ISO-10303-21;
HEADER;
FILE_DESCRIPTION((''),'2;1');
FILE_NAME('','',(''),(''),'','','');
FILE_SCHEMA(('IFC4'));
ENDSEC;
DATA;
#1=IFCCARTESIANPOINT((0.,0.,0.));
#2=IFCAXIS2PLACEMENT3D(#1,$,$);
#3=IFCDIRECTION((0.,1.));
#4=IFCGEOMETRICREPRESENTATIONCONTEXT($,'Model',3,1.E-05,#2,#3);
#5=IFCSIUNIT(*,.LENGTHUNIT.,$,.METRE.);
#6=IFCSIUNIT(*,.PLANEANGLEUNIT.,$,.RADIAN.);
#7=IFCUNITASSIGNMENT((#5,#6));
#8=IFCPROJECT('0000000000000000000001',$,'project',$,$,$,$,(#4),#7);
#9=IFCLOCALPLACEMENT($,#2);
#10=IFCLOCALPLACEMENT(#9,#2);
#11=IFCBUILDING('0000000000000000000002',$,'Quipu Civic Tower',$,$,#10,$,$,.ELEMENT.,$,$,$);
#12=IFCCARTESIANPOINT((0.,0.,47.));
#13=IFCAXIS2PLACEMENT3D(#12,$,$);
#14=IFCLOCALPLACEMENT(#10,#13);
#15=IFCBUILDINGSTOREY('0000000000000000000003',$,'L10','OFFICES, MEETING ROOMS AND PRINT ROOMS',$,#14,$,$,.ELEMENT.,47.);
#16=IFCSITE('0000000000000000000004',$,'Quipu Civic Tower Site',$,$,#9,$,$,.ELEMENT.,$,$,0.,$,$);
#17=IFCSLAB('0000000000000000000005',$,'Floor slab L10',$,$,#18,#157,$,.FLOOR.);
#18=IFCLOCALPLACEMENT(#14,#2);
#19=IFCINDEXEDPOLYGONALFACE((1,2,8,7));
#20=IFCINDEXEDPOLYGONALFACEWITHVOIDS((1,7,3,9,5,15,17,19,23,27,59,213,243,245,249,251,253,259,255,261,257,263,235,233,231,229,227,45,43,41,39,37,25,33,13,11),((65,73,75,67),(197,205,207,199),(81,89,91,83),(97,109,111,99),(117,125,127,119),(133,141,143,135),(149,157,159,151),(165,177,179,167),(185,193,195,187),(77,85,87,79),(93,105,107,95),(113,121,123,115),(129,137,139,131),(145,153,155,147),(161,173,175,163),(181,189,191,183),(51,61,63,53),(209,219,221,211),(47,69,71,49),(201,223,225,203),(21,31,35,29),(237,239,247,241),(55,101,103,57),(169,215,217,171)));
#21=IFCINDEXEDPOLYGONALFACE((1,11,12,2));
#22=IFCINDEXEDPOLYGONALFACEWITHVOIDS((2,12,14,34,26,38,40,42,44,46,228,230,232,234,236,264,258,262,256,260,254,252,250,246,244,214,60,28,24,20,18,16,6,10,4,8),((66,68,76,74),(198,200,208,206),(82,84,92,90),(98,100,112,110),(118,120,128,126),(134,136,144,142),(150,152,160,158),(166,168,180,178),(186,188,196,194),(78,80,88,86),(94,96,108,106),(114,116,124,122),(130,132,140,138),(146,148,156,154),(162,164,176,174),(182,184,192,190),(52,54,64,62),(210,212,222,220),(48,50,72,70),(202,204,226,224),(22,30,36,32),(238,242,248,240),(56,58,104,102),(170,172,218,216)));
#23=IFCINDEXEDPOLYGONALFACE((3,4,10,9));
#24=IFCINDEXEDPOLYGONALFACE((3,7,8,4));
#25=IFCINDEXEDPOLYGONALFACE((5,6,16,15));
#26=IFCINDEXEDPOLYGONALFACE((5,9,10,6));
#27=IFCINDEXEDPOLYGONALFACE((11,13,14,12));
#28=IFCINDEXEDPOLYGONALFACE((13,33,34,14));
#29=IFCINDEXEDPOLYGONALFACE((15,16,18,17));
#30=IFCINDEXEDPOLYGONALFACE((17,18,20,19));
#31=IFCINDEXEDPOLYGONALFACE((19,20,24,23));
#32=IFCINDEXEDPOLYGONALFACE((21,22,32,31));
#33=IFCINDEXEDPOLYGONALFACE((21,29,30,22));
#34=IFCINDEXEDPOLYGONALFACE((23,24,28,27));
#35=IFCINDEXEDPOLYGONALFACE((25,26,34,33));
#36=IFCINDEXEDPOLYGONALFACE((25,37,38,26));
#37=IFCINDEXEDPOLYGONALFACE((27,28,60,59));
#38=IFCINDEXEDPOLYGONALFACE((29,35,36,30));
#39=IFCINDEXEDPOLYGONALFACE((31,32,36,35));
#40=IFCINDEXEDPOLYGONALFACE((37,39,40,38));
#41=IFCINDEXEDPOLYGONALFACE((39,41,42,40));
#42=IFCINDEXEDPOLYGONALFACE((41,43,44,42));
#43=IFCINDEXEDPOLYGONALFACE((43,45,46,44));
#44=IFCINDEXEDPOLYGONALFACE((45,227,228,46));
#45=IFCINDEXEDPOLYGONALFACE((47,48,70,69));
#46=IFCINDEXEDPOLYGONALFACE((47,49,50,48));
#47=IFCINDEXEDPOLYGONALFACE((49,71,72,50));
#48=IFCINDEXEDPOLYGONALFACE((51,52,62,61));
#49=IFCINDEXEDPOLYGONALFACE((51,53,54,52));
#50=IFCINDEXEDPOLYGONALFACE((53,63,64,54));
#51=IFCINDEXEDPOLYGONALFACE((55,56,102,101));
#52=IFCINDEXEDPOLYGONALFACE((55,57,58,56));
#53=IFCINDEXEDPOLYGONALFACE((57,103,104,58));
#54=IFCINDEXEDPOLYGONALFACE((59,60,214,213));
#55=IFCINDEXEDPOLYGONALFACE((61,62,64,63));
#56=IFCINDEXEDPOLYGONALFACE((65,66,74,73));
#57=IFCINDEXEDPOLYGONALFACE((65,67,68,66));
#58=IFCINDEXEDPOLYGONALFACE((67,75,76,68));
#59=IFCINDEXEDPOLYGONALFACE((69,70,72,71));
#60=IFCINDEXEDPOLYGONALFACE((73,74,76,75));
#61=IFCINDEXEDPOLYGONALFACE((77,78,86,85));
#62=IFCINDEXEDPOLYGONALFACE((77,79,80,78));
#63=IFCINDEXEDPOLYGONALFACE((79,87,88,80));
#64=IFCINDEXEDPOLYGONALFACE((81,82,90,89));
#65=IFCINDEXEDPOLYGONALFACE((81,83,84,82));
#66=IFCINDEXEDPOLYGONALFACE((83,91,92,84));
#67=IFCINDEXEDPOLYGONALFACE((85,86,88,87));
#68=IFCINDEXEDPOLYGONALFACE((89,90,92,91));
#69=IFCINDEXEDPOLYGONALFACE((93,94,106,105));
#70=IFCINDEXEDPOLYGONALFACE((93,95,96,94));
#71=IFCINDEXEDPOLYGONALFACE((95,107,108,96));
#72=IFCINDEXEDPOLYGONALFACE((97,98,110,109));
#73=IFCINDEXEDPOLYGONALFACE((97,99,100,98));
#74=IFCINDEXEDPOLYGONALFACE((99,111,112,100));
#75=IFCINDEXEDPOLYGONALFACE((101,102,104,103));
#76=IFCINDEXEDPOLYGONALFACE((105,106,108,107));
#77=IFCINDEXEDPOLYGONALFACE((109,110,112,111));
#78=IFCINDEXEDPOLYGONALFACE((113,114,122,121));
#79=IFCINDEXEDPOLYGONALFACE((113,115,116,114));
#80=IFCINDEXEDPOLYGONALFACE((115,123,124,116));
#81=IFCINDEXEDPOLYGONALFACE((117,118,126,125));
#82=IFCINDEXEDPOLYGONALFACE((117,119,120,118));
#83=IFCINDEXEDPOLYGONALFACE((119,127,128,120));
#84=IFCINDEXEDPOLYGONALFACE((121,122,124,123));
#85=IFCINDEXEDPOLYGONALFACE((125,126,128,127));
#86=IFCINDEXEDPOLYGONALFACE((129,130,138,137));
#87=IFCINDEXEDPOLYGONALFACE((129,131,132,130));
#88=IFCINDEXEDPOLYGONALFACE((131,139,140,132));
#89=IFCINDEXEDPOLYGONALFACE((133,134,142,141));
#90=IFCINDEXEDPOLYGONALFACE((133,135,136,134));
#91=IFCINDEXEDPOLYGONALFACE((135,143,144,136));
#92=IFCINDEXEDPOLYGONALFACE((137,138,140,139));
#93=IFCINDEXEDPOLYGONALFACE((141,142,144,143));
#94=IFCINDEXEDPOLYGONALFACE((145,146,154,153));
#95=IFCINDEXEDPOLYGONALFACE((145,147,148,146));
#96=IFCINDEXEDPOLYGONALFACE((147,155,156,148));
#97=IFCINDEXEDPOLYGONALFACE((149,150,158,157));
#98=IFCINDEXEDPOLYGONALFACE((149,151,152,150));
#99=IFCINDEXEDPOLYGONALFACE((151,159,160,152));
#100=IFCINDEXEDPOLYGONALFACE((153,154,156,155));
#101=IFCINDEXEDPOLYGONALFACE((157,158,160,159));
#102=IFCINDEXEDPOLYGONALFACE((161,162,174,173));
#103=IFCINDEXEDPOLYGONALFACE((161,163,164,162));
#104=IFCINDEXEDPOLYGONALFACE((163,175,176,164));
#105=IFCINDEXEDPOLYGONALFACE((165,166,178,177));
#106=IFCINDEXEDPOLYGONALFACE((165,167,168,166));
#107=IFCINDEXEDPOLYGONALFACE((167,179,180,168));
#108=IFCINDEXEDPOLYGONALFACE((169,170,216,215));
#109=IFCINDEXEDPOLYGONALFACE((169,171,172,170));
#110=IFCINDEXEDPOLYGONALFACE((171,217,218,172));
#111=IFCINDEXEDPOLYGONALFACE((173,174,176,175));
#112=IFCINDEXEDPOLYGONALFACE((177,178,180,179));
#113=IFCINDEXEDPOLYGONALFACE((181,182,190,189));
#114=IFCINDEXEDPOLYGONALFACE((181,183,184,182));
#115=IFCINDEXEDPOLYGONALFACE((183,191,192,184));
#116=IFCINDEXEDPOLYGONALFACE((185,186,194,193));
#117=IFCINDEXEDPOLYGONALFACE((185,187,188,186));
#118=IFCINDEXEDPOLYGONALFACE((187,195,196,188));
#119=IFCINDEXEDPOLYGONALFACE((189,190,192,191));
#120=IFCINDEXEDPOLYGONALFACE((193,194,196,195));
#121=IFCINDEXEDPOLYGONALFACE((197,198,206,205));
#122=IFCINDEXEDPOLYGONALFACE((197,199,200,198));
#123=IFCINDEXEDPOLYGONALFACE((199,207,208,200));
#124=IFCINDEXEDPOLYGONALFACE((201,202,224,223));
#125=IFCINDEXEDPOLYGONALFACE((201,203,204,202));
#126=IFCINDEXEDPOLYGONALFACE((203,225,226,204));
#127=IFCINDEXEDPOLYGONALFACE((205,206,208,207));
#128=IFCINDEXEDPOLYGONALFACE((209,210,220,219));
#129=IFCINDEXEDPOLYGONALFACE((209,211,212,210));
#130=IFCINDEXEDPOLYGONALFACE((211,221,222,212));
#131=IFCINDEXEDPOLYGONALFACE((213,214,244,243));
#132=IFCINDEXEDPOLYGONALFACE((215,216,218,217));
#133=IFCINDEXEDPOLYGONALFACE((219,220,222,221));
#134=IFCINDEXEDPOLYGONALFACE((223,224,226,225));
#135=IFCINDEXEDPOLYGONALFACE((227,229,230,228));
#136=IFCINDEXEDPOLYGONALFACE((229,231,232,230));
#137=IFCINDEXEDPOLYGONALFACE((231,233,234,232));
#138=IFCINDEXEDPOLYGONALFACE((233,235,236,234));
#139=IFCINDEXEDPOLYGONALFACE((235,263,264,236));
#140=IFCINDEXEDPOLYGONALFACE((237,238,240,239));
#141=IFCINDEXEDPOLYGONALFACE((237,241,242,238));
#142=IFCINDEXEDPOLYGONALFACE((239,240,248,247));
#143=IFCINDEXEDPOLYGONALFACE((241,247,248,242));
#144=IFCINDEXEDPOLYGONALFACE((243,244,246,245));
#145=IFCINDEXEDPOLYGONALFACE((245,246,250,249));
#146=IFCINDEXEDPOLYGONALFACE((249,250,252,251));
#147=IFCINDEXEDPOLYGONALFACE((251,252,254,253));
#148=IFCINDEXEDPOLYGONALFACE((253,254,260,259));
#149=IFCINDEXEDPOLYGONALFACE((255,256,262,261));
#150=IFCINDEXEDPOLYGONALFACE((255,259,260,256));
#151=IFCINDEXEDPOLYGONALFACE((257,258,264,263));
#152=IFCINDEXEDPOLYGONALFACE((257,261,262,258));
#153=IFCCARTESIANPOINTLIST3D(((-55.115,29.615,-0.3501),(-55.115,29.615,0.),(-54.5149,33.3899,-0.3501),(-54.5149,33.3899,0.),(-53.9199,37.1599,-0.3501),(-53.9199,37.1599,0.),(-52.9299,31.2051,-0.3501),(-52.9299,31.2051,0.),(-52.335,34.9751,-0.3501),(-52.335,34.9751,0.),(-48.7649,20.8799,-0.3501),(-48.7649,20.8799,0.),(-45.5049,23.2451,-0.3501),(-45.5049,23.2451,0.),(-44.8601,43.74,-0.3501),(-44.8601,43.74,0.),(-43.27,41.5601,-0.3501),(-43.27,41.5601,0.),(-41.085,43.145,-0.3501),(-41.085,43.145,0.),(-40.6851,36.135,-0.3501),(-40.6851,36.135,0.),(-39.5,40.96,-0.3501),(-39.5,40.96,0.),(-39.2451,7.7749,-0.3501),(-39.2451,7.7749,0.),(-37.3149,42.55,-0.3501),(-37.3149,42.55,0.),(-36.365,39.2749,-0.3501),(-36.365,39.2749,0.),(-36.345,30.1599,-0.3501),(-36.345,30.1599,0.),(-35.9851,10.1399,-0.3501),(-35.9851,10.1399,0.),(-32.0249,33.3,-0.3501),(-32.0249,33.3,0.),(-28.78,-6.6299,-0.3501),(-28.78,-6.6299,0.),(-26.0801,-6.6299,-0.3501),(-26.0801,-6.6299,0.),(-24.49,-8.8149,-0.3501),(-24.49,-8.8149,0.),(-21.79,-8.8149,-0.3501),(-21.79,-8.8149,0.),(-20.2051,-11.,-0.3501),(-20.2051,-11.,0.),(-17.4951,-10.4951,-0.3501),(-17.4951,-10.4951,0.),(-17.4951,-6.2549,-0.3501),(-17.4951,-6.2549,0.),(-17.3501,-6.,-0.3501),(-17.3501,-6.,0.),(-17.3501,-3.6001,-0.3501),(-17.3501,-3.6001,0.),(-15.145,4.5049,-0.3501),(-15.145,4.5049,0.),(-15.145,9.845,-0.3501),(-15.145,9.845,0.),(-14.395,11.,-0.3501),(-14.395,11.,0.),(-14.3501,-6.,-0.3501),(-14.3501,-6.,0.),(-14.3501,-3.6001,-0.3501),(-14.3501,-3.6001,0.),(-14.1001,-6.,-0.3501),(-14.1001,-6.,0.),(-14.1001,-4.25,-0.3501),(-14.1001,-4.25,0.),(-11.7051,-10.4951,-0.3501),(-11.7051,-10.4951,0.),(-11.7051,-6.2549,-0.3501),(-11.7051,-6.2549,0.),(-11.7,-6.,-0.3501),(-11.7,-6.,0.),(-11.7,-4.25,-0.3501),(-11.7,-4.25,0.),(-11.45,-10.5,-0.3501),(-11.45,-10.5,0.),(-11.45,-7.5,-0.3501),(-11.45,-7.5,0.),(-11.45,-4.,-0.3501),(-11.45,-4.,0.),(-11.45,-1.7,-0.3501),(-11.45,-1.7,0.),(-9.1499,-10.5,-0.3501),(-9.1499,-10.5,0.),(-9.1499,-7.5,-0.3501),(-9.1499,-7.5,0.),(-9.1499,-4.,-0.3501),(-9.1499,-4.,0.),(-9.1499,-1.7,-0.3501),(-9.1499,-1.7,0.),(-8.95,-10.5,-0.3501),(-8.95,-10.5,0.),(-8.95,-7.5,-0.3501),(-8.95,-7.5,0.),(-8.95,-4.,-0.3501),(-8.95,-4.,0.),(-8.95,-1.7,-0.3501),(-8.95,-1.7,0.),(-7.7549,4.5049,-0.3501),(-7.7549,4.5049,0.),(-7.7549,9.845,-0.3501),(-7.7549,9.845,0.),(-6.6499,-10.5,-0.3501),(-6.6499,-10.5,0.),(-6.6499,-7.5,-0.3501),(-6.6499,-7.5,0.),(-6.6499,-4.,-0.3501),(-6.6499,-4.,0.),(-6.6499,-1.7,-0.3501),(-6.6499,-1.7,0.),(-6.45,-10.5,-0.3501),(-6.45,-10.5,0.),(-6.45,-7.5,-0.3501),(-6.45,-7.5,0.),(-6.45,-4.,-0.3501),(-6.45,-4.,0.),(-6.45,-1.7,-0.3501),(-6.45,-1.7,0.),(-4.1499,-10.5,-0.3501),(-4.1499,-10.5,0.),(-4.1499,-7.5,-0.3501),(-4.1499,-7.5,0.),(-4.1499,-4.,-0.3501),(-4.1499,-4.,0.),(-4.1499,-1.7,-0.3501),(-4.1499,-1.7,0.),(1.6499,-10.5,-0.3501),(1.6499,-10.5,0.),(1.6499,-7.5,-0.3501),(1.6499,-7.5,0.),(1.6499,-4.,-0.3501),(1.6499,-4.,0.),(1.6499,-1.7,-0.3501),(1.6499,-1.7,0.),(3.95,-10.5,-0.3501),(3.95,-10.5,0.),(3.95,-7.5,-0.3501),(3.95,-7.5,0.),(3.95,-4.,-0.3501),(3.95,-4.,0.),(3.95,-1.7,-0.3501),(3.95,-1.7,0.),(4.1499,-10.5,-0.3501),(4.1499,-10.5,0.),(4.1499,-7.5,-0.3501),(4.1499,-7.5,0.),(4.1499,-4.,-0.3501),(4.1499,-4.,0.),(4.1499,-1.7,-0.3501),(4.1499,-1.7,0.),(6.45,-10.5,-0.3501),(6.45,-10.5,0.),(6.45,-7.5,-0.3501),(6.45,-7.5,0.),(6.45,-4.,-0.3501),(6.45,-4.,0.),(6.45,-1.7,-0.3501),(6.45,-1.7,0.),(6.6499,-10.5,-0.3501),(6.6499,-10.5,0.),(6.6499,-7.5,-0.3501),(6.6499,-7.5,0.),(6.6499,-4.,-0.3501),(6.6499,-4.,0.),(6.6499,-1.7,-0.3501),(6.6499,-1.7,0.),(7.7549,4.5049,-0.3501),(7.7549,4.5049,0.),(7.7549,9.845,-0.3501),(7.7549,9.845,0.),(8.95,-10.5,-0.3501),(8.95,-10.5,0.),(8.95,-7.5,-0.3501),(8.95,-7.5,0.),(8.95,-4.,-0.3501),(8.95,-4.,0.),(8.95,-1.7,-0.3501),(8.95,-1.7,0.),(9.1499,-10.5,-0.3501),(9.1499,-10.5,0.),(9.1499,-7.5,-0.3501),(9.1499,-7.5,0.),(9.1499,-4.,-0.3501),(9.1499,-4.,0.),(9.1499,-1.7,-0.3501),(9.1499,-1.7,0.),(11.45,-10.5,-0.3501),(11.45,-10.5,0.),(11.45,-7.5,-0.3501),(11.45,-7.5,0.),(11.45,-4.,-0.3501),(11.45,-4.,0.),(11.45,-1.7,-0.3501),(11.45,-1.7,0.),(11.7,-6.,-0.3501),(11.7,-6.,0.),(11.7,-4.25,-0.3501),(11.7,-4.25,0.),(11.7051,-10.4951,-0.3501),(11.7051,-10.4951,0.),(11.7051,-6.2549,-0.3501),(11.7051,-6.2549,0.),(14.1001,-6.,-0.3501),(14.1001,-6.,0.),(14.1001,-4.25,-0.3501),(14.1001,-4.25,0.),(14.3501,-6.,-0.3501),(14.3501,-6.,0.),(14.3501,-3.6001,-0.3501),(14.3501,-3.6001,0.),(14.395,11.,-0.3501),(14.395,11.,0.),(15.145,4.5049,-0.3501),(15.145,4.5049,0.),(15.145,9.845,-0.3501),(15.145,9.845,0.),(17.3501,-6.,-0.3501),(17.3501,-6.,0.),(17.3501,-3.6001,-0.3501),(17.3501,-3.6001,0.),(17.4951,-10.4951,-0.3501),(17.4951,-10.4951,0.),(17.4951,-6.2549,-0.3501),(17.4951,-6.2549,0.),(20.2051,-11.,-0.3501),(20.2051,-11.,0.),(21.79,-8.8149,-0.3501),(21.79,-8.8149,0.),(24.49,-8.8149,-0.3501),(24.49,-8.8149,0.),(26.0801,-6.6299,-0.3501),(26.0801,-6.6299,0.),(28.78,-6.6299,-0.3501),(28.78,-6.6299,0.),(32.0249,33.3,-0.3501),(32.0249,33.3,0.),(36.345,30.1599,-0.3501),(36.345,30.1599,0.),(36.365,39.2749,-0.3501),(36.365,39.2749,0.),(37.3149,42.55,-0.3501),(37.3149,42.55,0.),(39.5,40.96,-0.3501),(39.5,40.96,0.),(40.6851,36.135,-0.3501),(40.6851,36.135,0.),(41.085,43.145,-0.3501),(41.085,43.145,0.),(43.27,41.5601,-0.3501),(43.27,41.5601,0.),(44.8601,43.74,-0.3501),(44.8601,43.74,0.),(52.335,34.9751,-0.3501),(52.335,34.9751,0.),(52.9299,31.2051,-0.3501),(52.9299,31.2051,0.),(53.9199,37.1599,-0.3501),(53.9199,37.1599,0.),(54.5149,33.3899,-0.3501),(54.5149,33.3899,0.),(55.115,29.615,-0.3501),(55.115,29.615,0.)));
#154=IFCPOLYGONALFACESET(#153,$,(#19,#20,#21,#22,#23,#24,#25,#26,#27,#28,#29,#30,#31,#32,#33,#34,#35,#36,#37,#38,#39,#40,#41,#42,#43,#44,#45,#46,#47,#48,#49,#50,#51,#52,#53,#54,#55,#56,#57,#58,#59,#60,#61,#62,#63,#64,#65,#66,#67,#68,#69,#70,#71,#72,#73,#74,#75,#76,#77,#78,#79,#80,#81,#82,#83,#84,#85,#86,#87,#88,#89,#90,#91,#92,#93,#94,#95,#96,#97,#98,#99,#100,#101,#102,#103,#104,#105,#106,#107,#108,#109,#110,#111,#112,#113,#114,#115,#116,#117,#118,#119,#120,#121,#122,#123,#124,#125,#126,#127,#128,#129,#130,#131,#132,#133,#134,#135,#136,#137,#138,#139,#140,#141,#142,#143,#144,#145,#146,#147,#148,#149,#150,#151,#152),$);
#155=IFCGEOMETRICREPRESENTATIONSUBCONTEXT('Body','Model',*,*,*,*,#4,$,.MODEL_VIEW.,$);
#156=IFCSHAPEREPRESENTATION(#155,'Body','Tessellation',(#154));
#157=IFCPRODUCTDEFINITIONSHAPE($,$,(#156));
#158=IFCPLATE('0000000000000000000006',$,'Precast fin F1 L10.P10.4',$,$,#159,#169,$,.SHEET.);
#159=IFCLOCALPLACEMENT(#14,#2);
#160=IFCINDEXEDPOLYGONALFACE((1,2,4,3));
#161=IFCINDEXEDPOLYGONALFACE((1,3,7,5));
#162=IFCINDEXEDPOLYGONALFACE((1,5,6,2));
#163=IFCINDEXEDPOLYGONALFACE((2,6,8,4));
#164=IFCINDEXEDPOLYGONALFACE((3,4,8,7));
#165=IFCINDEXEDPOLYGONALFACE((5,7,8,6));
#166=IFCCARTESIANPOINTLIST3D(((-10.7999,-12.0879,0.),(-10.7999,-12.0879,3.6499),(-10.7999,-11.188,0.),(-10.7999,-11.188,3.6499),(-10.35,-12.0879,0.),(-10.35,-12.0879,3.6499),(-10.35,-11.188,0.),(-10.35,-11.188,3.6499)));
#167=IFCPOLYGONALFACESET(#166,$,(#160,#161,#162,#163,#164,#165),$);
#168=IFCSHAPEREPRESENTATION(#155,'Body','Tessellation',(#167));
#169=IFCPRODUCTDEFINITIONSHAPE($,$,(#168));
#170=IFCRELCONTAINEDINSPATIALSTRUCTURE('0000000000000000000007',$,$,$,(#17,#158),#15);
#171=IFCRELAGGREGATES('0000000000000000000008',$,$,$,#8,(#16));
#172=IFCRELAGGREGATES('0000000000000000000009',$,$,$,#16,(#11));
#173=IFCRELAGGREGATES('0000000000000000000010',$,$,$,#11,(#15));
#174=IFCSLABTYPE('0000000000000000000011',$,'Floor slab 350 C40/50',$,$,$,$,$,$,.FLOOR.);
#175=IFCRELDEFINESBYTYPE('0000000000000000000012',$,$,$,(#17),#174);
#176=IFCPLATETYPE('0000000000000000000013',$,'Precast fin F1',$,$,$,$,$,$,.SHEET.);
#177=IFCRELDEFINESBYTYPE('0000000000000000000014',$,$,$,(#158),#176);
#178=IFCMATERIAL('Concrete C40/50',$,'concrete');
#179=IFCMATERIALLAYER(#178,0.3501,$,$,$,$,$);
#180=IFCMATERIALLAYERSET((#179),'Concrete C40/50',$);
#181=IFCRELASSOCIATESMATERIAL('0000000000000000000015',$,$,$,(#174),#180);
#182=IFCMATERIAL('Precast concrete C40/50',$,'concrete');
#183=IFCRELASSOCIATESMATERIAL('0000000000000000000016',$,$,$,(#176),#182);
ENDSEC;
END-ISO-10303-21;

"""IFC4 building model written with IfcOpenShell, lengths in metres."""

from ifc_helpers import new_model, si_unit, direction, frame, origin, origin_2d, place, context, subcontext, project, spatial, polyline, rectangle, outline, extrude, material, layer, layer_set, type_object, element, save


model = new_model("IFC4")

# Units and contexts
model_context = context("Model", 3, precision=1e-05, world=origin(), true_north=direction((0.0, 1.0)))
body_context = subcontext(model_context, "Body", "Model", "MODEL_VIEW")
ifc_project = project(units=[si_unit("LENGTHUNIT", "METRE"), si_unit("PLANEANGLEUNIT", "RADIAN")], contexts=[model_context])

# Site, building, storey
site_placement = place(None, origin())
site = spatial("IfcSite", under=ifc_project, at=site_placement, Name="Quipu Civic Tower Site", CompositionType="ELEMENT", RefElevation=0.0)
building_placement = place(site_placement, origin())
building = spatial("IfcBuilding", under=site, at=building_placement, Name="Quipu Civic Tower", CompositionType="ELEMENT")
storey_placement = place(building_placement, frame((0.0, 0.0, 47.0)))
storey = spatial("IfcBuildingStorey", under=building, at=storey_placement, Name="L10", Description="OFFICES, MEETING ROOMS AND PRINT ROOMS", CompositionType="ELEMENT", Elevation=47.0)

# Slab
ifc_material_1 = material(Name="Concrete C40/50", Category="concrete")
ifc_layer_1 = layer(ifc_material_1, 0.3501)
ifc_layer_set_1 = layer_set([ifc_layer_1], Name="Concrete C40/50")
slab_type = type_object("IfcSlabType", Name="Floor slab 350 C40/50", PredefinedType="FLOOR", material=ifc_layer_set_1)
slab_placement = place(storey_placement, frame((0.0, 0.0, -0.3501)))
element("IfcSlab", 1, at=slab_placement, inside=storey, type_object=slab_type, Name="Floor slab L10", PredefinedType="FLOOR", context=body_context, shape_type="SweptSolid", body=[
    extrude(outline(polyline([(-54.5149, 33.3899), (-52.335, 34.9751), (-53.9199, 37.1599), (-44.8601, 43.74), (-43.27, 41.5601), (-41.085, 43.145), (-39.5, 40.96), (-37.3149, 42.55), (-14.395, 11.0), (14.395, 11.0), (37.3149, 42.55), (39.5, 40.96), (41.085, 43.145), (43.27, 41.5601), (44.8601, 43.74), (53.9199, 37.1599), (52.335, 34.9751), (54.5149, 33.3899), (52.9299, 31.2051), (55.115, 29.615), (28.78, -6.6299), (26.0801, -6.6299), (24.49, -8.8149), (21.79, -8.8149), (20.2051, -11.0), (-20.2051, -11.0), (-21.79, -8.8149), (-24.49, -8.8149), (-26.0801, -6.6299), (-28.78, -6.6299), (-39.2451, 7.7749), (-35.9851, 10.1399), (-45.5049, 23.2451), (-48.7649, 20.8799), (-55.115, 29.615), (-52.9299, 31.2051), (-54.5149, 33.3899)]), holes=[polyline([(-11.45, -7.5), (-11.45, -10.5), (-9.1499, -10.5), (-9.1499, -7.5), (-11.45, -7.5)]), polyline([(-6.6499, -7.5), (-8.95, -7.5), (-8.95, -10.5), (-6.6499, -10.5), (-6.6499, -7.5)]), polyline([(-4.1499, -7.5), (-6.45, -7.5), (-6.45, -10.5), (-4.1499, -10.5), (-4.1499, -7.5)]), polyline([(1.6499, -7.5), (1.6499, -10.5), (3.95, -10.5), (3.95, -7.5), (1.6499, -7.5)]), polyline([(-11.7051, -10.4951), (-11.7051, -6.2549), (-17.4951, -6.2549), (-17.4951, -10.4951), (-11.7051, -10.4951)]), polyline([(-11.7, -4.25), (-14.1001, -4.25), (-14.1001, -6.0), (-11.7, -6.0), (-11.7, -4.25)]), polyline([(-17.3501, -3.6001), (-17.3501, -6.0), (-14.3501, -6.0), (-14.3501, -3.6001), (-17.3501, -3.6001)]), polyline([(-9.1499, -1.7), (-11.45, -1.7), (-11.45, -4.0), (-9.1499, -4.0), (-9.1499, -1.7)]), polyline([(-6.6499, -1.7), (-8.95, -1.7), (-8.95, -4.0), (-6.6499, -4.0), (-6.6499, -1.7)]), polyline([(-6.45, -1.7), (-6.45, -4.0), (-4.1499, -4.0), (-4.1499, -1.7), (-6.45, -1.7)]), polyline([(-7.7549, 4.5049), (-7.7549, 9.845), (-15.145, 9.845), (-15.145, 4.5049), (-7.7549, 4.5049)]), polyline([(-36.365, 39.2749), (-40.6851, 36.135), (-36.345, 30.1599), (-32.0249, 33.3), (-36.365, 39.2749)]), polyline([(4.1499, -7.5), (4.1499, -10.5), (6.45, -10.5), (6.45, -7.5), (4.1499, -7.5)]), polyline([(8.95, -7.5), (6.6499, -7.5), (6.6499, -10.5), (8.95, -10.5), (8.95, -7.5)]), polyline([(11.45, -7.5), (9.1499, -7.5), (9.1499, -10.5), (11.45, -10.5), (11.45, -7.5)]), polyline([(11.7051, -10.4951), (17.4951, -10.4951), (17.4951, -6.2549), (11.7051, -6.2549), (11.7051, -10.4951)]), polyline([(14.1001, -4.25), (11.7, -4.25), (11.7, -6.0), (14.1001, -6.0), (14.1001, -4.25)]), polyline([(17.3501, -3.6001), (14.3501, -3.6001), (14.3501, -6.0), (17.3501, -6.0), (17.3501, -3.6001)]), polyline([(1.6499, -1.7), (1.6499, -4.0), (3.95, -4.0), (3.95, -1.7), (1.6499, -1.7)]), polyline([(6.45, -1.7), (4.1499, -1.7), (4.1499, -4.0), (6.45, -4.0), (6.45, -1.7)]), polyline([(8.95, -1.7), (6.6499, -1.7), (6.6499, -4.0), (8.95, -4.0), (8.95, -1.7)]), polyline([(9.1499, -1.7), (9.1499, -4.0), (11.45, -4.0), (11.45, -1.7), (9.1499, -1.7)]), polyline([(7.7549, 9.845), (7.7549, 4.5049), (15.145, 4.5049), (15.145, 9.845), (7.7549, 9.845)]), polyline([(40.6851, 36.135), (36.365, 39.2749), (32.0249, 33.3), (36.345, 30.1599), (40.6851, 36.135)])]), origin(), (0.0, 0.0, 1.0), 0.3501),
])

# Plate
ifc_material_2 = material(Name="Precast concrete C40/50", Category="concrete")
plate_type = type_object("IfcPlateType", Name="Precast fin F1", PredefinedType="SHEET", material=ifc_material_2)
for number, where, z_axis, x_axis, name in (
    (2, (-10.575, -11.6379, 0.0), (0.0, 0.0, 1.0), (1.0, 0.0, 0.0), "Precast fin F1 L10.P10.4"),
):
    element("IfcPlate", number, at=place(storey_placement, frame(where, z_axis=z_axis, x_axis=x_axis)), inside=storey, type_object=plate_type, Name=name, PredefinedType="SHEET", context=body_context, shape_type="SweptSolid", body=[
        extrude(rectangle(XDim=0.45, YDim=0.8999, at=origin_2d()), origin(), (0.0, 0.0, 1.0), 3.6499),
    ])

save(model, "model.ifc")
